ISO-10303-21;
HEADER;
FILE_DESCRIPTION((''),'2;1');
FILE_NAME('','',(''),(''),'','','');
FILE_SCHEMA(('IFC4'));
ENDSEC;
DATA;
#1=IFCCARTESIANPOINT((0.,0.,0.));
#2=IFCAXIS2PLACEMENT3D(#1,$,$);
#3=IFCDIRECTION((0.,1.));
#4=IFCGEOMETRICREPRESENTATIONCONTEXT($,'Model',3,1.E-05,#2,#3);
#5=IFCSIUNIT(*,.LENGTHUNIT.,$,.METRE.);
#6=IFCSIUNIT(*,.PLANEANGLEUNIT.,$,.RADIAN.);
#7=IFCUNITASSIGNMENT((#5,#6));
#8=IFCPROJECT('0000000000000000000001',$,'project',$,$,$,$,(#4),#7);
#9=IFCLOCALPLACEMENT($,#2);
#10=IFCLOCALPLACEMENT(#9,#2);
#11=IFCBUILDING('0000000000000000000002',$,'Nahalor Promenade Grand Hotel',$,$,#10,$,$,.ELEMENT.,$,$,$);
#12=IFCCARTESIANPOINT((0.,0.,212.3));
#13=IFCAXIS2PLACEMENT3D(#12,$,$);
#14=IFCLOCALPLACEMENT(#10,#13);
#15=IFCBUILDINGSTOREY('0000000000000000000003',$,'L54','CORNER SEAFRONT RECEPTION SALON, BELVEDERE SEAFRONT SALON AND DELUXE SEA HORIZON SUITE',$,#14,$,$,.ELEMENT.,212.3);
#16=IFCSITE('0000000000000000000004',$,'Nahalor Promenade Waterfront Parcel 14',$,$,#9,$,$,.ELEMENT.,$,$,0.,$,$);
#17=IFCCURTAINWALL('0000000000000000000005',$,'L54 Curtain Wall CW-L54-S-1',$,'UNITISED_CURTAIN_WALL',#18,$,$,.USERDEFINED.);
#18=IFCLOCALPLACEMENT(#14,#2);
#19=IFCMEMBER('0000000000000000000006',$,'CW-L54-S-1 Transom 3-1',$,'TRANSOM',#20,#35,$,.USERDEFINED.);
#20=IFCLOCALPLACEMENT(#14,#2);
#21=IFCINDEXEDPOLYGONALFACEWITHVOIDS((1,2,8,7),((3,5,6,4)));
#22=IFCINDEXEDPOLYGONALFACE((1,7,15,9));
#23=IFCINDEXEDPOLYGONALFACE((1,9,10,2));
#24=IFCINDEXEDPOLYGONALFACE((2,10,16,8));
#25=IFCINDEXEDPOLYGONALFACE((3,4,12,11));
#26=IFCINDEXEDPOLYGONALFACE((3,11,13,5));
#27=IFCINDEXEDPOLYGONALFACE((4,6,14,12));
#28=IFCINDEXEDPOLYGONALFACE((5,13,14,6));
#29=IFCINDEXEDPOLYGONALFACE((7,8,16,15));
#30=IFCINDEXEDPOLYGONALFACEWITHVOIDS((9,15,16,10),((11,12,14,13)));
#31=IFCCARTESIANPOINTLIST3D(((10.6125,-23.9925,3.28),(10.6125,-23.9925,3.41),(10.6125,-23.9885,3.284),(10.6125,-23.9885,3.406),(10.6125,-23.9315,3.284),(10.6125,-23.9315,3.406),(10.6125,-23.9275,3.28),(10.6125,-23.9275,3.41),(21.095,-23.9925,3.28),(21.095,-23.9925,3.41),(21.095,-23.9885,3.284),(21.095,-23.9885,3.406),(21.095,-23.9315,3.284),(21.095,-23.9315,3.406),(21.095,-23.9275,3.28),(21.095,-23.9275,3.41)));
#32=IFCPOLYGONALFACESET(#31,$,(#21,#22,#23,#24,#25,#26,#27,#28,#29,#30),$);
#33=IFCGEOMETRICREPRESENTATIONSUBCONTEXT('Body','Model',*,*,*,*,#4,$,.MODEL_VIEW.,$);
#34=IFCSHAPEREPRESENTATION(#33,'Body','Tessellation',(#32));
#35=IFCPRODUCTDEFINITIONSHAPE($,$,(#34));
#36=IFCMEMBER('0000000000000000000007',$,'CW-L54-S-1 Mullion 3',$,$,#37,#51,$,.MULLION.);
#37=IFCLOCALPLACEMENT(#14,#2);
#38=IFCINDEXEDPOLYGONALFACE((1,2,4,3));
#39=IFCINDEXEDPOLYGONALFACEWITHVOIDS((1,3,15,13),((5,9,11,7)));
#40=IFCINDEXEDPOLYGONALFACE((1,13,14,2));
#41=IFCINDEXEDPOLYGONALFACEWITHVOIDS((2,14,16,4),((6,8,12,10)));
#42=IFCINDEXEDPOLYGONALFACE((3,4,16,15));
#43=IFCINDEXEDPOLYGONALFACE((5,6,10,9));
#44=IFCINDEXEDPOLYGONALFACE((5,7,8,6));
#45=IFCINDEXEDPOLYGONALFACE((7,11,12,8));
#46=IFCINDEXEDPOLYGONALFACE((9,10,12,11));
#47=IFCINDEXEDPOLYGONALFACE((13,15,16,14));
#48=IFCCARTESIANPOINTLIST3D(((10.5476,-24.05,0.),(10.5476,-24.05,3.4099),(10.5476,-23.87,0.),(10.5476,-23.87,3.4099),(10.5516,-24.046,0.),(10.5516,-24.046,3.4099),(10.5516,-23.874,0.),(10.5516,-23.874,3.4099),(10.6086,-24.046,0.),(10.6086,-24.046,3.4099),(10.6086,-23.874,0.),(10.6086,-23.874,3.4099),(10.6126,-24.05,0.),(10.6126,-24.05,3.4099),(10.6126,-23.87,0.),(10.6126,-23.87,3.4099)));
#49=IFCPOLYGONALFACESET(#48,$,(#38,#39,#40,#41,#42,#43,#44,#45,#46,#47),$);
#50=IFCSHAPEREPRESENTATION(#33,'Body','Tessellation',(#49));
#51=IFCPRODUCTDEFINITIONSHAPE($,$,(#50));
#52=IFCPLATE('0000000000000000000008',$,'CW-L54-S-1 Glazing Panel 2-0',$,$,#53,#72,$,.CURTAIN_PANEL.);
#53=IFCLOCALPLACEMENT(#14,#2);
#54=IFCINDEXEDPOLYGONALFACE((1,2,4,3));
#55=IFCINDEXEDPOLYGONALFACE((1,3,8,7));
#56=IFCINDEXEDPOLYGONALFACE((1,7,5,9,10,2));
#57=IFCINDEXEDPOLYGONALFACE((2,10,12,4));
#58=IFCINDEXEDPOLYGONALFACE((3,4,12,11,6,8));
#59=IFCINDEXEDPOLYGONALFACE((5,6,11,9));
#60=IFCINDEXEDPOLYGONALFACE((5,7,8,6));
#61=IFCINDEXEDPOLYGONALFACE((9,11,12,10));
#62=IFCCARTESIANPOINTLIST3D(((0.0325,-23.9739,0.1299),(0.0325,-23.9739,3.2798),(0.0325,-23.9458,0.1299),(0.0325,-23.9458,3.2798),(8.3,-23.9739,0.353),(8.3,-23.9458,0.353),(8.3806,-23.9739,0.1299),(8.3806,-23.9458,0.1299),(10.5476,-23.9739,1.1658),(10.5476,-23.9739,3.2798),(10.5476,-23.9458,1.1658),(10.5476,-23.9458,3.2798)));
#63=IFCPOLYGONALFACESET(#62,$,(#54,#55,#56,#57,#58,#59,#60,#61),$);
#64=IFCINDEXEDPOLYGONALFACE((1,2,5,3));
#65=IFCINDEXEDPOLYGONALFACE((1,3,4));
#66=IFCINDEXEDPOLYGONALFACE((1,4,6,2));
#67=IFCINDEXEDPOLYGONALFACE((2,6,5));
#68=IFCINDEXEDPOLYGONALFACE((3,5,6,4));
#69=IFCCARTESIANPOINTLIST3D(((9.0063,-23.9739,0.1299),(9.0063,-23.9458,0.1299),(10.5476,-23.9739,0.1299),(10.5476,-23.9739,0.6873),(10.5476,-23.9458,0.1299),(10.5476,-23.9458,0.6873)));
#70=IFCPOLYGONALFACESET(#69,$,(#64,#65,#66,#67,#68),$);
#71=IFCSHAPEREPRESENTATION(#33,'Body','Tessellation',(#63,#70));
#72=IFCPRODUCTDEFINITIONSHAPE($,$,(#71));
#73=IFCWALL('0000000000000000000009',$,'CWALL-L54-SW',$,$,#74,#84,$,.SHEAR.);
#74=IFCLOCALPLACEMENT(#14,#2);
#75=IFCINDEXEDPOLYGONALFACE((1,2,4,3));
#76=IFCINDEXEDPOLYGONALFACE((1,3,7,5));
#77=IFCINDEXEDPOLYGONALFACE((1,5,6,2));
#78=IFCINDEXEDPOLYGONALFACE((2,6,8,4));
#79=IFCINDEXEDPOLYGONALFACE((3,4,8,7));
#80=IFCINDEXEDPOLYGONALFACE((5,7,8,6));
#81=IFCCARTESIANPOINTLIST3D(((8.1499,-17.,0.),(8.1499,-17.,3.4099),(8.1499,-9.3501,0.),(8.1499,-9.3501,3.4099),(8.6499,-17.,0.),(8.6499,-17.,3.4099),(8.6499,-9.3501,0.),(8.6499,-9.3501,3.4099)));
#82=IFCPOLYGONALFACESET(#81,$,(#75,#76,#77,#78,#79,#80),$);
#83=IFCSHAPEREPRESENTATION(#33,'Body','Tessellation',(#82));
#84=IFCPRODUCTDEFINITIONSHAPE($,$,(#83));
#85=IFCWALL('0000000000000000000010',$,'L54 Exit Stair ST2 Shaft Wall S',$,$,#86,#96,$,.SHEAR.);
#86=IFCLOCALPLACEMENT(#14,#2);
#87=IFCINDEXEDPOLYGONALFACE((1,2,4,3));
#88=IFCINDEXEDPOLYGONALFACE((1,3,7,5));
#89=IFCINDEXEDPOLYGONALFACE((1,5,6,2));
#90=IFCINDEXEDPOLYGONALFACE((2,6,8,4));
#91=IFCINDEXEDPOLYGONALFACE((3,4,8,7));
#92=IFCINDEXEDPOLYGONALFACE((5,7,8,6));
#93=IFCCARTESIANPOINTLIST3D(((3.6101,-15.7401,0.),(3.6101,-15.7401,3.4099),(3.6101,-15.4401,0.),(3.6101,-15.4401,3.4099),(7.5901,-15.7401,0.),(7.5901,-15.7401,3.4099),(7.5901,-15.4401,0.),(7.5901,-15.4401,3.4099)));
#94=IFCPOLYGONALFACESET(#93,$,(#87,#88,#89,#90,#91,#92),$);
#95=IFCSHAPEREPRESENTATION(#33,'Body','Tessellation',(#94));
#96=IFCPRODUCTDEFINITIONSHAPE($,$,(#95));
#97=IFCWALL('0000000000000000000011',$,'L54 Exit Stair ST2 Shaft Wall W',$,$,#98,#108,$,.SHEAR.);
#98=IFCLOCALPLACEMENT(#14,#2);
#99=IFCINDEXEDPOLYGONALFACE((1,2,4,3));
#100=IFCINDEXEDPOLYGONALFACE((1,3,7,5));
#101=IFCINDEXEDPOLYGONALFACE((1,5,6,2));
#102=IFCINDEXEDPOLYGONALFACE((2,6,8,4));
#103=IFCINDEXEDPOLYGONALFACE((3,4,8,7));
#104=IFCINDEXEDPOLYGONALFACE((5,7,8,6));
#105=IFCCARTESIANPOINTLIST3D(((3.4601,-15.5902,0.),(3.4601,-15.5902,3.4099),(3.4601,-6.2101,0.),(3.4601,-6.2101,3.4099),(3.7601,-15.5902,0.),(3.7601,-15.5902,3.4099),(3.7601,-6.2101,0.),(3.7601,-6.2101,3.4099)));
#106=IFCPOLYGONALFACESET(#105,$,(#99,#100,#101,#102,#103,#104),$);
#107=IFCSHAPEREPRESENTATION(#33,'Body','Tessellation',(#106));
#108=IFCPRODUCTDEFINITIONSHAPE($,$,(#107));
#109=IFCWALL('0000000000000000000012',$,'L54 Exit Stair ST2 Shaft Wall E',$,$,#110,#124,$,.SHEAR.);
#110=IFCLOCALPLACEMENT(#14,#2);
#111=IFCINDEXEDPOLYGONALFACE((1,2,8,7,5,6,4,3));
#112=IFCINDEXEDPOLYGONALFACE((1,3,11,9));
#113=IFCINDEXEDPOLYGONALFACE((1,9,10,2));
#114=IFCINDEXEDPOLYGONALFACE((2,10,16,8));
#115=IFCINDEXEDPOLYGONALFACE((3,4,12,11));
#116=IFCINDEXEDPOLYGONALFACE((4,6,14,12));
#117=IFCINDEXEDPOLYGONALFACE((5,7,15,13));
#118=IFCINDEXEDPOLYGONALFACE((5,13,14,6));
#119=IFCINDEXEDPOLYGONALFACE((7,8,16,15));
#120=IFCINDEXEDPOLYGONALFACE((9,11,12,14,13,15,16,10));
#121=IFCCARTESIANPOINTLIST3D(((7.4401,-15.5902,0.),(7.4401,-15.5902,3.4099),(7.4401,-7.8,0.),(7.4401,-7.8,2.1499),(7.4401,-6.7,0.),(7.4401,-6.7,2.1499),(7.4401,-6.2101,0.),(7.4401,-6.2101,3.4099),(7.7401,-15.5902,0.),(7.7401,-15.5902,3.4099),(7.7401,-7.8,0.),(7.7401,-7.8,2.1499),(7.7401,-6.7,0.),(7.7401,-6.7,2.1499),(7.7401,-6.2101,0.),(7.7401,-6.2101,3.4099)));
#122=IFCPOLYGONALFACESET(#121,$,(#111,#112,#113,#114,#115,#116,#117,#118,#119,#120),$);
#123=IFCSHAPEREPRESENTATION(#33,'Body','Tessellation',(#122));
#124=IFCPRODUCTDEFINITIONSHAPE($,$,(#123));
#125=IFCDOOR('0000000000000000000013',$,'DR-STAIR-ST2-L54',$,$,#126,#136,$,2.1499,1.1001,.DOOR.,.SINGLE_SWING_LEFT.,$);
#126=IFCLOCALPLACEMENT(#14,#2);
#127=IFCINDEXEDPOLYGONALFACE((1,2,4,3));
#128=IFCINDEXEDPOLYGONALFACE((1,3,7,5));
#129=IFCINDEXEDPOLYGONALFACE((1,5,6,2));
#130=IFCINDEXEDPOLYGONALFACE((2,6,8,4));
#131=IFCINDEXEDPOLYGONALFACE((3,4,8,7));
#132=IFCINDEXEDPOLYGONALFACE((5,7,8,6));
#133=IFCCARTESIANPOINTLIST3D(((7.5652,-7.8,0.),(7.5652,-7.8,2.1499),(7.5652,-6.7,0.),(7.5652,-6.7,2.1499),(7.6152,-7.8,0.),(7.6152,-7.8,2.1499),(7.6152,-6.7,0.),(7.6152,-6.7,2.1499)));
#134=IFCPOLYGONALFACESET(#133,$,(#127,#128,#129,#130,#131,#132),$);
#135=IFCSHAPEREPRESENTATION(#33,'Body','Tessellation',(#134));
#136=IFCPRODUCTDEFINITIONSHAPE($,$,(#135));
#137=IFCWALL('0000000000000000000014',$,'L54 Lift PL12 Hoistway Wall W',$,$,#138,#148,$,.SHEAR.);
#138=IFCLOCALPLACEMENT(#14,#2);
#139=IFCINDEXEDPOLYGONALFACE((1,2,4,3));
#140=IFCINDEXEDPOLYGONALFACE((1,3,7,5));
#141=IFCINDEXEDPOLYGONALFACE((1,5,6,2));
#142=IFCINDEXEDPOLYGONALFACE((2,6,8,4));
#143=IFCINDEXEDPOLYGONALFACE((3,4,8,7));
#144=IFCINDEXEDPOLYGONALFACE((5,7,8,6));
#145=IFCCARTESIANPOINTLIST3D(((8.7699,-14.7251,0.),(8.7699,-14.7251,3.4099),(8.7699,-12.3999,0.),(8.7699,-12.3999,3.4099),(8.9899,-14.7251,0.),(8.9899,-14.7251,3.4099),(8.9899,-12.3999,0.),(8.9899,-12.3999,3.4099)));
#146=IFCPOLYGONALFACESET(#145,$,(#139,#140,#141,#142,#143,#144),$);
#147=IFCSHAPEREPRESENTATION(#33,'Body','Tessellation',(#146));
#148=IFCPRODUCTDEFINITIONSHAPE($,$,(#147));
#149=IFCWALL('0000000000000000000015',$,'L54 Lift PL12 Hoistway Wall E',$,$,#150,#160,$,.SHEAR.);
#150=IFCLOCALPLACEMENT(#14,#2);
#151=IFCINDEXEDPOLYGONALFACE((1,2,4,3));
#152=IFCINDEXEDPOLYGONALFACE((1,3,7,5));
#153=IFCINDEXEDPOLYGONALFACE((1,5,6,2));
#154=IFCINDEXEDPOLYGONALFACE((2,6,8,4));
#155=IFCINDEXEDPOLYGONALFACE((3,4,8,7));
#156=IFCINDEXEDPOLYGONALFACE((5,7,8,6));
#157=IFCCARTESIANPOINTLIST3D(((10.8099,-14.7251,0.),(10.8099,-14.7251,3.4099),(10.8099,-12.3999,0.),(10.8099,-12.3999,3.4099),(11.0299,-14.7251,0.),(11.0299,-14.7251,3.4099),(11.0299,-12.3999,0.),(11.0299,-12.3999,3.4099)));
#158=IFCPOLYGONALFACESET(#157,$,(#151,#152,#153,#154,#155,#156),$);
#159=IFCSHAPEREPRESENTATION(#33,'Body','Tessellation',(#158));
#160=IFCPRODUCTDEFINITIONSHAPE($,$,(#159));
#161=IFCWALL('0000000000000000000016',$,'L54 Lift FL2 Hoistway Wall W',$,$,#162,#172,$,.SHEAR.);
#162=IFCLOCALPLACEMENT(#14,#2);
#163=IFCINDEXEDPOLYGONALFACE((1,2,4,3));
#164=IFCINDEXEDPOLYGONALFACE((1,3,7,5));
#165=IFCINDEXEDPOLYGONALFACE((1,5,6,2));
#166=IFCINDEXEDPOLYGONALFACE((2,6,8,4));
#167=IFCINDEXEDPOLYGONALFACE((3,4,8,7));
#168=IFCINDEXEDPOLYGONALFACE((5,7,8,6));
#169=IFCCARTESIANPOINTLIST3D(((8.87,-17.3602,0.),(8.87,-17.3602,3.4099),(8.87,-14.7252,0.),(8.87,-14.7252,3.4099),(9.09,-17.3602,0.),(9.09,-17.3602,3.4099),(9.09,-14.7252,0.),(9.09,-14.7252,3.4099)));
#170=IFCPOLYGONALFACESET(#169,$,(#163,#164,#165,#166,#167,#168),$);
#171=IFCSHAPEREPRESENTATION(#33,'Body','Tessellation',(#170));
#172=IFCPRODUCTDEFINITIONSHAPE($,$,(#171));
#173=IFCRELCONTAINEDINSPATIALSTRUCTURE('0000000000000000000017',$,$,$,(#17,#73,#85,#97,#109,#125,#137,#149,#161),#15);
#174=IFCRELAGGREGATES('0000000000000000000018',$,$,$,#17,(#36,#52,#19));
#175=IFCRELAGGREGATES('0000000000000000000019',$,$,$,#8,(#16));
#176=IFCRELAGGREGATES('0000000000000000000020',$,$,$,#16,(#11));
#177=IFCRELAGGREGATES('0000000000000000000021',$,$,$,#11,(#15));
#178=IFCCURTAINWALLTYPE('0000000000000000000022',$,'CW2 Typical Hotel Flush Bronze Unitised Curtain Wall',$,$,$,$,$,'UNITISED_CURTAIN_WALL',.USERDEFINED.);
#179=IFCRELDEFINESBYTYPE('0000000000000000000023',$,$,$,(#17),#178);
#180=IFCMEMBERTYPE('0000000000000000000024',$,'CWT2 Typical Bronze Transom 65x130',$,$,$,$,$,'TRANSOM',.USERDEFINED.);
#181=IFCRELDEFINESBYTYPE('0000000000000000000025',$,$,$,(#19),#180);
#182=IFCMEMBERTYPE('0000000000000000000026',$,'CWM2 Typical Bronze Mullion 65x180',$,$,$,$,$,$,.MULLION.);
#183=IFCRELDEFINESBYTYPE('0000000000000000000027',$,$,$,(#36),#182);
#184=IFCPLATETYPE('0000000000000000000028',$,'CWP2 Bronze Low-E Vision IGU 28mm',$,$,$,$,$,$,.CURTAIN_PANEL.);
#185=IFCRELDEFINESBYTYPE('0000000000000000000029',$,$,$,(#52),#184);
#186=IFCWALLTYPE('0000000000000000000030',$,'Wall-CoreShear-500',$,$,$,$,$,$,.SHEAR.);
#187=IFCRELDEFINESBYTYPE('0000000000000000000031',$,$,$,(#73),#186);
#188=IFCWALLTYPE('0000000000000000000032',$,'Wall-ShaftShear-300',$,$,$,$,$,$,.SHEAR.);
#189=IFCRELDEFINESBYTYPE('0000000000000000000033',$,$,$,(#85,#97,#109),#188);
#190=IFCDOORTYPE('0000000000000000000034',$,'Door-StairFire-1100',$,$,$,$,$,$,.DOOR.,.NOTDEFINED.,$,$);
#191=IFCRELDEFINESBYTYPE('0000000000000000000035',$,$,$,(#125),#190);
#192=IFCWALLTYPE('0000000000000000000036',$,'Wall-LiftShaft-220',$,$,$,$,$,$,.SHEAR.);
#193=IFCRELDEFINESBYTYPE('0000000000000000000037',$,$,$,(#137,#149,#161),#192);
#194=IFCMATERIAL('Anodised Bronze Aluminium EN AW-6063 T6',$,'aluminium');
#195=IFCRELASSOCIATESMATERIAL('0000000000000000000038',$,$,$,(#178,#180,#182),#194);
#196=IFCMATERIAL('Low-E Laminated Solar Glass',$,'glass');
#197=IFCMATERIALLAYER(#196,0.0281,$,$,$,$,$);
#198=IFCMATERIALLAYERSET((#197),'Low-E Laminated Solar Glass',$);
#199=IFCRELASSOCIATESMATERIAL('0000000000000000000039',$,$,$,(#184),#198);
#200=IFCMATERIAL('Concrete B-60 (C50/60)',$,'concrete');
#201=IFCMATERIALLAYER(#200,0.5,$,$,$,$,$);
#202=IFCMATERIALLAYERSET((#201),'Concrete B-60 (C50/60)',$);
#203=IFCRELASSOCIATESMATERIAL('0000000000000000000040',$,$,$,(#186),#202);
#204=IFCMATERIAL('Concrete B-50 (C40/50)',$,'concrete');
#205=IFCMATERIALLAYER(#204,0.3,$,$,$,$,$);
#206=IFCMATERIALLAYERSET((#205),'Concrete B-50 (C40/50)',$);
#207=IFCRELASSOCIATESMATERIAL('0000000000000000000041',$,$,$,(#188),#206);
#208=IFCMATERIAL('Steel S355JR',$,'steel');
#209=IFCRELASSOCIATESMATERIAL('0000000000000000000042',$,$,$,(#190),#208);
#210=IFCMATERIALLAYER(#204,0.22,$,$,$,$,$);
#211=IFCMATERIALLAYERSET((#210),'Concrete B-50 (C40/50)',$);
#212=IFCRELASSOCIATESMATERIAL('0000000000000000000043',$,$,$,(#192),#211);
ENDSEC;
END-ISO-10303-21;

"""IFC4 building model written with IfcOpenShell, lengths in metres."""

from ifc_helpers import new_model, si_unit, direction, frame, frame_2d, origin, origin_2d, place, context, subcontext, project, spatial, polyline, rectangle, hollow_rectangle, outline, extrude, source, transform, mapped, material, layer, layer_set, material_profile, profile_set, type_object, element, fill, aggregate, save


model = new_model("IFC4")

# Units and contexts
model_context = context("Model", 3, precision=1e-05, world=origin(), true_north=direction((0.0, 1.0)))
body_context = subcontext(model_context, "Body", "Model", "MODEL_VIEW")
ifc_project = project(units=[si_unit("LENGTHUNIT", "METRE"), si_unit("PLANEANGLEUNIT", "RADIAN")], contexts=[model_context])

# Site, building, storey
site_placement = place(None, origin())
site = spatial("IfcSite", under=ifc_project, at=site_placement, Name="Nahalor Promenade Waterfront Parcel 14", CompositionType="ELEMENT", RefElevation=0.0)
building_placement = place(site_placement, origin())
building = spatial("IfcBuilding", under=site, at=building_placement, Name="Nahalor Promenade Grand Hotel", CompositionType="ELEMENT")
storey_placement = place(building_placement, frame((0.0, 0.0, 212.3)))
storey = spatial("IfcBuildingStorey", under=building, at=storey_placement, Name="L54", Description="CORNER SEAFRONT RECEPTION SALON, BELVEDERE SEAFRONT SALON AND DELUXE SEA HORIZON SUITE", CompositionType="ELEMENT", Elevation=212.3)

# Shared definitions
ifc_material_1 = material(Name="Concrete B-60 (C50/60)", Category="concrete")
ifc_material_2 = material(Name="Steel S355JR", Category="steel")

# Curtain wall, members, plate
ifc_material_3 = material(Name="Anodised Bronze Aluminium EN AW-6063 T6", Category="aluminium")
curtain_wall_type = type_object("IfcCurtainWallType", Name="CW2 Typical Hotel Flush Bronze Unitised Curtain Wall", ElementType="UNITISED_CURTAIN_WALL", PredefinedType="USERDEFINED", material=ifc_material_3)
curtain_wall_placement = place(storey_placement, origin())
curtain_wall = element("IfcCurtainWall", 1, at=curtain_wall_placement, inside=storey, type_object=curtain_wall_type, Name="L54 Curtain Wall CW-L54-S-1", ObjectType="UNITISED_CURTAIN_WALL", PredefinedType="USERDEFINED")
ifc_material_profile_1 = material_profile(ifc_material_3, hollow_rectangle(XDim=0.065, YDim=0.13, WallThickness=0.004, at=origin_2d()), Name="CWT 65x130x4")
ifc_profile_set_1 = profile_set([ifc_material_profile_1], Name="Anodised Bronze Aluminium EN AW-6063 T6")
member_type_1 = type_object("IfcMemberType", Name="CWT2 Typical Bronze Transom 65x130", ElementType="TRANSOM", PredefinedType="USERDEFINED", material=ifc_profile_set_1)
shared_shape_1 = source(origin(), body_context, "Body", "SweptSolid", [
    extrude(hollow_rectangle(XDim=0.065, YDim=0.13, WallThickness=0.004, at=origin_2d()), origin(), (0.0, 0.0, 1.0), 10.4824),
])
member_1_placement = place(storey_placement, frame((10.6125, -23.96, 3.345), z_axis=(1.0, 0.0, 0.0), x_axis=(0.0, 1.0, 0.0)))
member_1 = element("IfcMember", 2, at=member_1_placement, type_object=member_type_1, Name="CW-L54-S-1 Transom 3-1", ObjectType="TRANSOM", PredefinedType="USERDEFINED", context=body_context, shape_type="MappedRepresentation", body=[
    mapped(shared_shape_1, transform((0.0, 0.0, 0.0), scale=1.0)),
])
ifc_material_profile_2 = material_profile(ifc_material_3, hollow_rectangle(XDim=0.065, YDim=0.18, WallThickness=0.004, at=origin_2d()), Name="CWM 65x180x4")
ifc_profile_set_2 = profile_set([ifc_material_profile_2], Name="Anodised Bronze Aluminium EN AW-6063 T6")
member_type_2 = type_object("IfcMemberType", Name="CWM2 Typical Bronze Mullion 65x180", PredefinedType="MULLION", material=ifc_profile_set_2)
shared_shape_2 = source(origin(), body_context, "Body", "SweptSolid", [
    extrude(hollow_rectangle(XDim=0.065, YDim=0.18, WallThickness=0.004, at=origin_2d()), origin(), (0.0, 0.0, 1.0), 3.4099),
])
member_2_placement = place(storey_placement, frame((10.5801, -23.96, 0.0), z_axis=(0.0, 0.0, 1.0), x_axis=(1.0, 0.0, 0.0)))
member_2 = element("IfcMember", 3, at=member_2_placement, type_object=member_type_2, Name="CW-L54-S-1 Mullion 3", PredefinedType="MULLION", context=body_context, shape_type="MappedRepresentation", body=[
    mapped(shared_shape_2, transform((0.0, 0.0, 0.0), scale=1.0)),
])
ifc_material_4 = material(Name="Low-E Laminated Solar Glass", Category="glass")
ifc_layer_1 = layer(ifc_material_4, 0.0281)
ifc_layer_set_1 = layer_set([ifc_layer_1], Name="Low-E Laminated Solar Glass")
plate_type = type_object("IfcPlateType", Name="CWP2 Bronze Low-E Vision IGU 28mm", PredefinedType="CURTAIN_PANEL", material=ifc_layer_set_1)
plate_placement = place(storey_placement, frame((5.29, -23.96, 0.1299), z_axis=(0.0, 0.0, 1.0), x_axis=(1.0, 0.0, 0.0)))
plate = element("IfcPlate", 4, at=plate_placement, type_object=plate_type, Name="CW-L54-S-1 Glazing Panel 2-0", PredefinedType="CURTAIN_PANEL", context=body_context, shape_type="SweptSolid", body=[
    extrude(outline(polyline([(-5.2576, 3.1499), (-5.2576, 0.0), (3.0906, 0.0), (3.01, 0.2231), (5.2576, 1.0359), (5.2576, 3.1499), (-5.2576, 3.1499)])), frame((0.0, 0.0142, 0.0), z_axis=(0.0, -1.0, 0.0), x_axis=(1.0, 0.0, 0.0)), (0.0, 0.0, 1.0), 0.0281),
    extrude(outline(polyline([(3.7163, 0.0), (5.2576, 0.0), (5.2576, 0.5574), (3.7163, 0.0)])), frame((0.0, 0.0142, 0.0), z_axis=(0.0, -1.0, 0.0), x_axis=(1.0, 0.0, 0.0)), (0.0, 0.0, 1.0), 0.0281),
])
aggregate(curtain_wall, [member_2, plate, member_1])

# Walls
ifc_layer_2 = layer(ifc_material_1, 0.5)
ifc_layer_set_2 = layer_set([ifc_layer_2], Name="Concrete B-60 (C50/60)")
wall_type_1 = type_object("IfcWallType", Name="Wall-CoreShear-500", PredefinedType="SHEAR", material=ifc_layer_set_2)
shared_shape_3 = source(origin(), body_context, "Body", "SweptSolid", [
    extrude(rectangle(XDim=7.6499, YDim=0.5, at=frame_2d((3.825, 0.0))), origin(), (0.0, 0.0, 1.0), 3.4099),
])
wall_1_placement = place(storey_placement, frame((8.3999, -17.0, 0.0), z_axis=(0.0, 0.0, 1.0), x_axis=(0.0, 1.0, 0.0)))
element("IfcWall", 5, at=wall_1_placement, inside=storey, type_object=wall_type_1, Name="CWALL-L54-SW", PredefinedType="SHEAR", context=body_context, shape_type="MappedRepresentation", body=[
    mapped(shared_shape_3, transform((0.0, 0.0, 0.0), scale=1.0)),
])
ifc_material_5 = material(Name="Concrete B-50 (C40/50)", Category="concrete")
ifc_layer_3 = layer(ifc_material_5, 0.3)
ifc_layer_set_3 = layer_set([ifc_layer_3], Name="Concrete B-50 (C40/50)")
wall_type_2 = type_object("IfcWallType", Name="Wall-ShaftShear-300", PredefinedType="SHEAR", material=ifc_layer_set_3)
shared_shape_4 = source(origin(), body_context, "Body", "SweptSolid", [
    extrude(rectangle(XDim=3.98, YDim=0.3, at=frame_2d((1.99, 0.0))), origin(), (0.0, 0.0, 1.0), 3.4099),
])
wall_2_placement = place(storey_placement, frame((3.6101, -15.5901, 0.0), z_axis=(0.0, 0.0, 1.0), x_axis=(1.0, 0.0, 0.0)))
element("IfcWall", 6, at=wall_2_placement, inside=storey, type_object=wall_type_2, Name="L54 Exit Stair ST2 Shaft Wall S", PredefinedType="SHEAR", context=body_context, shape_type="MappedRepresentation", body=[
    mapped(shared_shape_4, transform((0.0, 0.0, 0.0), scale=1.0)),
])
shared_shape_5 = source(origin(), body_context, "Body", "SweptSolid", [
    extrude(rectangle(XDim=9.3801, YDim=0.3, at=frame_2d((4.6899, 0.0))), origin(), (0.0, 0.0, 1.0), 3.4099),
])
wall_3_placement = place(storey_placement, frame((3.6101, -15.5901, 0.0), z_axis=(0.0, 0.0, 1.0), x_axis=(0.0, 1.0, 0.0)))
element("IfcWall", 7, at=wall_3_placement, inside=storey, type_object=wall_type_2, Name="L54 Exit Stair ST2 Shaft Wall W", PredefinedType="SHEAR", context=body_context, shape_type="MappedRepresentation", body=[
    mapped(shared_shape_5, transform((0.0, 0.0, 0.0), scale=1.0)),
])

# Wall, opening, door
wall_4_placement = place(storey_placement, frame((7.5901, -15.5901, 0.0), z_axis=(0.0, 0.0, 1.0), x_axis=(0.0, 1.0, 0.0)))
wall_4 = element("IfcWall", 8, at=wall_4_placement, inside=storey, type_object=wall_type_2, Name="L54 Exit Stair ST2 Shaft Wall E", PredefinedType="SHEAR", context=body_context, shape_type="MappedRepresentation", body=[
    mapped(shared_shape_5, transform((0.0, 0.0, 0.0), scale=1.0)),
])
opening_1_placement = place(wall_4_placement, frame((7.79, 0.0, 0.0)))
opening_1 = element("IfcOpeningElement", 9, at=opening_1_placement, cuts=wall_4, PredefinedType="OPENING", context=body_context, shape_type="SweptSolid", body=[
    extrude(rectangle(XDim=1.1001, YDim=2.1499, at=frame_2d((0.55, 1.075))), frame((0.0, 0.1599, 0.0), z_axis=(0.0, -1.0, 0.0), x_axis=(1.0, 0.0, 0.0)), (0.0, 0.0, 1.0), 0.3201),
])
door_type_1 = type_object("IfcDoorType", Name="Door-StairFire-1100", OperationType="NOTDEFINED", PredefinedType="DOOR", material=ifc_material_2)
shared_shape_6 = source(origin(), body_context, "Body", "SweptSolid", [
    extrude(rectangle(XDim=1.1001, YDim=2.1499, at=frame_2d((0.55, 1.075))), frame((0.0, 0.0249, 0.0), z_axis=(0.0, -1.0, 0.0), x_axis=(1.0, 0.0, 0.0)), (0.0, 0.0, 1.0), 0.05),
])
door_1_placement = place(opening_1_placement, origin())
door_1 = element("IfcDoor", 10, at=door_1_placement, inside=storey, type_object=door_type_1, Name="DR-STAIR-ST2-L54", OperationType="SINGLE_SWING_LEFT", OverallHeight=2.1499, OverallWidth=1.1001, PredefinedType="DOOR", context=body_context, shape_type="MappedRepresentation", body=[
    mapped(shared_shape_6, transform((0.0, 0.0, 0.0), scale=1.0)),
])
fill(opening_1, door_1)

# Walls
ifc_layer_4 = layer(ifc_material_5, 0.22)
ifc_layer_set_4 = layer_set([ifc_layer_4], Name="Concrete B-50 (C40/50)")
wall_type_3 = type_object("IfcWallType", Name="Wall-LiftShaft-220", PredefinedType="SHEAR", material=ifc_layer_set_4)
shared_shape_7 = source(origin(), body_context, "Body", "SweptSolid", [
    extrude(rectangle(XDim=2.3252, YDim=0.22, at=frame_2d((1.1626, 0.0))), origin(), (0.0, 0.0, 1.0), 3.4099),
])
for number, where, z_axis, x_axis, name in (
    (11, (8.8799, -14.7251, 0.0), (0.0, 0.0, 1.0), (0.0, 1.0, 0.0), "L54 Lift PL12 Hoistway Wall W"),
    (12, (10.9199, -14.7251, 0.0), (0.0, 0.0, 1.0), (0.0, 1.0, 0.0), "L54 Lift PL12 Hoistway Wall E"),
):
    element("IfcWall", number, at=place(storey_placement, frame(where, z_axis=z_axis, x_axis=x_axis)), inside=storey, type_object=wall_type_3, Name=name, PredefinedType="SHEAR", context=body_context, shape_type="MappedRepresentation", body=[
        mapped(shared_shape_7, transform((0.0, 0.0, 0.0), scale=1.0)),
    ])
shared_shape_8 = source(origin(), body_context, "Body", "SweptSolid", [
    extrude(rectangle(XDim=2.635, YDim=0.22, at=frame_2d((1.3174, 0.0))), origin(), (0.0, 0.0, 1.0), 3.4099),
])
wall_5_placement = place(storey_placement, frame((8.98, -17.3601, 0.0), z_axis=(0.0, 0.0, 1.0), x_axis=(0.0, 1.0, 0.0)))
element("IfcWall", 13, at=wall_5_placement, inside=storey, type_object=wall_type_3, Name="L54 Lift FL2 Hoistway Wall W", PredefinedType="SHEAR", context=body_context, shape_type="MappedRepresentation", body=[
    mapped(shared_shape_8, transform((0.0, 0.0, 0.0), scale=1.0)),
])

save(model, "model.ifc")
